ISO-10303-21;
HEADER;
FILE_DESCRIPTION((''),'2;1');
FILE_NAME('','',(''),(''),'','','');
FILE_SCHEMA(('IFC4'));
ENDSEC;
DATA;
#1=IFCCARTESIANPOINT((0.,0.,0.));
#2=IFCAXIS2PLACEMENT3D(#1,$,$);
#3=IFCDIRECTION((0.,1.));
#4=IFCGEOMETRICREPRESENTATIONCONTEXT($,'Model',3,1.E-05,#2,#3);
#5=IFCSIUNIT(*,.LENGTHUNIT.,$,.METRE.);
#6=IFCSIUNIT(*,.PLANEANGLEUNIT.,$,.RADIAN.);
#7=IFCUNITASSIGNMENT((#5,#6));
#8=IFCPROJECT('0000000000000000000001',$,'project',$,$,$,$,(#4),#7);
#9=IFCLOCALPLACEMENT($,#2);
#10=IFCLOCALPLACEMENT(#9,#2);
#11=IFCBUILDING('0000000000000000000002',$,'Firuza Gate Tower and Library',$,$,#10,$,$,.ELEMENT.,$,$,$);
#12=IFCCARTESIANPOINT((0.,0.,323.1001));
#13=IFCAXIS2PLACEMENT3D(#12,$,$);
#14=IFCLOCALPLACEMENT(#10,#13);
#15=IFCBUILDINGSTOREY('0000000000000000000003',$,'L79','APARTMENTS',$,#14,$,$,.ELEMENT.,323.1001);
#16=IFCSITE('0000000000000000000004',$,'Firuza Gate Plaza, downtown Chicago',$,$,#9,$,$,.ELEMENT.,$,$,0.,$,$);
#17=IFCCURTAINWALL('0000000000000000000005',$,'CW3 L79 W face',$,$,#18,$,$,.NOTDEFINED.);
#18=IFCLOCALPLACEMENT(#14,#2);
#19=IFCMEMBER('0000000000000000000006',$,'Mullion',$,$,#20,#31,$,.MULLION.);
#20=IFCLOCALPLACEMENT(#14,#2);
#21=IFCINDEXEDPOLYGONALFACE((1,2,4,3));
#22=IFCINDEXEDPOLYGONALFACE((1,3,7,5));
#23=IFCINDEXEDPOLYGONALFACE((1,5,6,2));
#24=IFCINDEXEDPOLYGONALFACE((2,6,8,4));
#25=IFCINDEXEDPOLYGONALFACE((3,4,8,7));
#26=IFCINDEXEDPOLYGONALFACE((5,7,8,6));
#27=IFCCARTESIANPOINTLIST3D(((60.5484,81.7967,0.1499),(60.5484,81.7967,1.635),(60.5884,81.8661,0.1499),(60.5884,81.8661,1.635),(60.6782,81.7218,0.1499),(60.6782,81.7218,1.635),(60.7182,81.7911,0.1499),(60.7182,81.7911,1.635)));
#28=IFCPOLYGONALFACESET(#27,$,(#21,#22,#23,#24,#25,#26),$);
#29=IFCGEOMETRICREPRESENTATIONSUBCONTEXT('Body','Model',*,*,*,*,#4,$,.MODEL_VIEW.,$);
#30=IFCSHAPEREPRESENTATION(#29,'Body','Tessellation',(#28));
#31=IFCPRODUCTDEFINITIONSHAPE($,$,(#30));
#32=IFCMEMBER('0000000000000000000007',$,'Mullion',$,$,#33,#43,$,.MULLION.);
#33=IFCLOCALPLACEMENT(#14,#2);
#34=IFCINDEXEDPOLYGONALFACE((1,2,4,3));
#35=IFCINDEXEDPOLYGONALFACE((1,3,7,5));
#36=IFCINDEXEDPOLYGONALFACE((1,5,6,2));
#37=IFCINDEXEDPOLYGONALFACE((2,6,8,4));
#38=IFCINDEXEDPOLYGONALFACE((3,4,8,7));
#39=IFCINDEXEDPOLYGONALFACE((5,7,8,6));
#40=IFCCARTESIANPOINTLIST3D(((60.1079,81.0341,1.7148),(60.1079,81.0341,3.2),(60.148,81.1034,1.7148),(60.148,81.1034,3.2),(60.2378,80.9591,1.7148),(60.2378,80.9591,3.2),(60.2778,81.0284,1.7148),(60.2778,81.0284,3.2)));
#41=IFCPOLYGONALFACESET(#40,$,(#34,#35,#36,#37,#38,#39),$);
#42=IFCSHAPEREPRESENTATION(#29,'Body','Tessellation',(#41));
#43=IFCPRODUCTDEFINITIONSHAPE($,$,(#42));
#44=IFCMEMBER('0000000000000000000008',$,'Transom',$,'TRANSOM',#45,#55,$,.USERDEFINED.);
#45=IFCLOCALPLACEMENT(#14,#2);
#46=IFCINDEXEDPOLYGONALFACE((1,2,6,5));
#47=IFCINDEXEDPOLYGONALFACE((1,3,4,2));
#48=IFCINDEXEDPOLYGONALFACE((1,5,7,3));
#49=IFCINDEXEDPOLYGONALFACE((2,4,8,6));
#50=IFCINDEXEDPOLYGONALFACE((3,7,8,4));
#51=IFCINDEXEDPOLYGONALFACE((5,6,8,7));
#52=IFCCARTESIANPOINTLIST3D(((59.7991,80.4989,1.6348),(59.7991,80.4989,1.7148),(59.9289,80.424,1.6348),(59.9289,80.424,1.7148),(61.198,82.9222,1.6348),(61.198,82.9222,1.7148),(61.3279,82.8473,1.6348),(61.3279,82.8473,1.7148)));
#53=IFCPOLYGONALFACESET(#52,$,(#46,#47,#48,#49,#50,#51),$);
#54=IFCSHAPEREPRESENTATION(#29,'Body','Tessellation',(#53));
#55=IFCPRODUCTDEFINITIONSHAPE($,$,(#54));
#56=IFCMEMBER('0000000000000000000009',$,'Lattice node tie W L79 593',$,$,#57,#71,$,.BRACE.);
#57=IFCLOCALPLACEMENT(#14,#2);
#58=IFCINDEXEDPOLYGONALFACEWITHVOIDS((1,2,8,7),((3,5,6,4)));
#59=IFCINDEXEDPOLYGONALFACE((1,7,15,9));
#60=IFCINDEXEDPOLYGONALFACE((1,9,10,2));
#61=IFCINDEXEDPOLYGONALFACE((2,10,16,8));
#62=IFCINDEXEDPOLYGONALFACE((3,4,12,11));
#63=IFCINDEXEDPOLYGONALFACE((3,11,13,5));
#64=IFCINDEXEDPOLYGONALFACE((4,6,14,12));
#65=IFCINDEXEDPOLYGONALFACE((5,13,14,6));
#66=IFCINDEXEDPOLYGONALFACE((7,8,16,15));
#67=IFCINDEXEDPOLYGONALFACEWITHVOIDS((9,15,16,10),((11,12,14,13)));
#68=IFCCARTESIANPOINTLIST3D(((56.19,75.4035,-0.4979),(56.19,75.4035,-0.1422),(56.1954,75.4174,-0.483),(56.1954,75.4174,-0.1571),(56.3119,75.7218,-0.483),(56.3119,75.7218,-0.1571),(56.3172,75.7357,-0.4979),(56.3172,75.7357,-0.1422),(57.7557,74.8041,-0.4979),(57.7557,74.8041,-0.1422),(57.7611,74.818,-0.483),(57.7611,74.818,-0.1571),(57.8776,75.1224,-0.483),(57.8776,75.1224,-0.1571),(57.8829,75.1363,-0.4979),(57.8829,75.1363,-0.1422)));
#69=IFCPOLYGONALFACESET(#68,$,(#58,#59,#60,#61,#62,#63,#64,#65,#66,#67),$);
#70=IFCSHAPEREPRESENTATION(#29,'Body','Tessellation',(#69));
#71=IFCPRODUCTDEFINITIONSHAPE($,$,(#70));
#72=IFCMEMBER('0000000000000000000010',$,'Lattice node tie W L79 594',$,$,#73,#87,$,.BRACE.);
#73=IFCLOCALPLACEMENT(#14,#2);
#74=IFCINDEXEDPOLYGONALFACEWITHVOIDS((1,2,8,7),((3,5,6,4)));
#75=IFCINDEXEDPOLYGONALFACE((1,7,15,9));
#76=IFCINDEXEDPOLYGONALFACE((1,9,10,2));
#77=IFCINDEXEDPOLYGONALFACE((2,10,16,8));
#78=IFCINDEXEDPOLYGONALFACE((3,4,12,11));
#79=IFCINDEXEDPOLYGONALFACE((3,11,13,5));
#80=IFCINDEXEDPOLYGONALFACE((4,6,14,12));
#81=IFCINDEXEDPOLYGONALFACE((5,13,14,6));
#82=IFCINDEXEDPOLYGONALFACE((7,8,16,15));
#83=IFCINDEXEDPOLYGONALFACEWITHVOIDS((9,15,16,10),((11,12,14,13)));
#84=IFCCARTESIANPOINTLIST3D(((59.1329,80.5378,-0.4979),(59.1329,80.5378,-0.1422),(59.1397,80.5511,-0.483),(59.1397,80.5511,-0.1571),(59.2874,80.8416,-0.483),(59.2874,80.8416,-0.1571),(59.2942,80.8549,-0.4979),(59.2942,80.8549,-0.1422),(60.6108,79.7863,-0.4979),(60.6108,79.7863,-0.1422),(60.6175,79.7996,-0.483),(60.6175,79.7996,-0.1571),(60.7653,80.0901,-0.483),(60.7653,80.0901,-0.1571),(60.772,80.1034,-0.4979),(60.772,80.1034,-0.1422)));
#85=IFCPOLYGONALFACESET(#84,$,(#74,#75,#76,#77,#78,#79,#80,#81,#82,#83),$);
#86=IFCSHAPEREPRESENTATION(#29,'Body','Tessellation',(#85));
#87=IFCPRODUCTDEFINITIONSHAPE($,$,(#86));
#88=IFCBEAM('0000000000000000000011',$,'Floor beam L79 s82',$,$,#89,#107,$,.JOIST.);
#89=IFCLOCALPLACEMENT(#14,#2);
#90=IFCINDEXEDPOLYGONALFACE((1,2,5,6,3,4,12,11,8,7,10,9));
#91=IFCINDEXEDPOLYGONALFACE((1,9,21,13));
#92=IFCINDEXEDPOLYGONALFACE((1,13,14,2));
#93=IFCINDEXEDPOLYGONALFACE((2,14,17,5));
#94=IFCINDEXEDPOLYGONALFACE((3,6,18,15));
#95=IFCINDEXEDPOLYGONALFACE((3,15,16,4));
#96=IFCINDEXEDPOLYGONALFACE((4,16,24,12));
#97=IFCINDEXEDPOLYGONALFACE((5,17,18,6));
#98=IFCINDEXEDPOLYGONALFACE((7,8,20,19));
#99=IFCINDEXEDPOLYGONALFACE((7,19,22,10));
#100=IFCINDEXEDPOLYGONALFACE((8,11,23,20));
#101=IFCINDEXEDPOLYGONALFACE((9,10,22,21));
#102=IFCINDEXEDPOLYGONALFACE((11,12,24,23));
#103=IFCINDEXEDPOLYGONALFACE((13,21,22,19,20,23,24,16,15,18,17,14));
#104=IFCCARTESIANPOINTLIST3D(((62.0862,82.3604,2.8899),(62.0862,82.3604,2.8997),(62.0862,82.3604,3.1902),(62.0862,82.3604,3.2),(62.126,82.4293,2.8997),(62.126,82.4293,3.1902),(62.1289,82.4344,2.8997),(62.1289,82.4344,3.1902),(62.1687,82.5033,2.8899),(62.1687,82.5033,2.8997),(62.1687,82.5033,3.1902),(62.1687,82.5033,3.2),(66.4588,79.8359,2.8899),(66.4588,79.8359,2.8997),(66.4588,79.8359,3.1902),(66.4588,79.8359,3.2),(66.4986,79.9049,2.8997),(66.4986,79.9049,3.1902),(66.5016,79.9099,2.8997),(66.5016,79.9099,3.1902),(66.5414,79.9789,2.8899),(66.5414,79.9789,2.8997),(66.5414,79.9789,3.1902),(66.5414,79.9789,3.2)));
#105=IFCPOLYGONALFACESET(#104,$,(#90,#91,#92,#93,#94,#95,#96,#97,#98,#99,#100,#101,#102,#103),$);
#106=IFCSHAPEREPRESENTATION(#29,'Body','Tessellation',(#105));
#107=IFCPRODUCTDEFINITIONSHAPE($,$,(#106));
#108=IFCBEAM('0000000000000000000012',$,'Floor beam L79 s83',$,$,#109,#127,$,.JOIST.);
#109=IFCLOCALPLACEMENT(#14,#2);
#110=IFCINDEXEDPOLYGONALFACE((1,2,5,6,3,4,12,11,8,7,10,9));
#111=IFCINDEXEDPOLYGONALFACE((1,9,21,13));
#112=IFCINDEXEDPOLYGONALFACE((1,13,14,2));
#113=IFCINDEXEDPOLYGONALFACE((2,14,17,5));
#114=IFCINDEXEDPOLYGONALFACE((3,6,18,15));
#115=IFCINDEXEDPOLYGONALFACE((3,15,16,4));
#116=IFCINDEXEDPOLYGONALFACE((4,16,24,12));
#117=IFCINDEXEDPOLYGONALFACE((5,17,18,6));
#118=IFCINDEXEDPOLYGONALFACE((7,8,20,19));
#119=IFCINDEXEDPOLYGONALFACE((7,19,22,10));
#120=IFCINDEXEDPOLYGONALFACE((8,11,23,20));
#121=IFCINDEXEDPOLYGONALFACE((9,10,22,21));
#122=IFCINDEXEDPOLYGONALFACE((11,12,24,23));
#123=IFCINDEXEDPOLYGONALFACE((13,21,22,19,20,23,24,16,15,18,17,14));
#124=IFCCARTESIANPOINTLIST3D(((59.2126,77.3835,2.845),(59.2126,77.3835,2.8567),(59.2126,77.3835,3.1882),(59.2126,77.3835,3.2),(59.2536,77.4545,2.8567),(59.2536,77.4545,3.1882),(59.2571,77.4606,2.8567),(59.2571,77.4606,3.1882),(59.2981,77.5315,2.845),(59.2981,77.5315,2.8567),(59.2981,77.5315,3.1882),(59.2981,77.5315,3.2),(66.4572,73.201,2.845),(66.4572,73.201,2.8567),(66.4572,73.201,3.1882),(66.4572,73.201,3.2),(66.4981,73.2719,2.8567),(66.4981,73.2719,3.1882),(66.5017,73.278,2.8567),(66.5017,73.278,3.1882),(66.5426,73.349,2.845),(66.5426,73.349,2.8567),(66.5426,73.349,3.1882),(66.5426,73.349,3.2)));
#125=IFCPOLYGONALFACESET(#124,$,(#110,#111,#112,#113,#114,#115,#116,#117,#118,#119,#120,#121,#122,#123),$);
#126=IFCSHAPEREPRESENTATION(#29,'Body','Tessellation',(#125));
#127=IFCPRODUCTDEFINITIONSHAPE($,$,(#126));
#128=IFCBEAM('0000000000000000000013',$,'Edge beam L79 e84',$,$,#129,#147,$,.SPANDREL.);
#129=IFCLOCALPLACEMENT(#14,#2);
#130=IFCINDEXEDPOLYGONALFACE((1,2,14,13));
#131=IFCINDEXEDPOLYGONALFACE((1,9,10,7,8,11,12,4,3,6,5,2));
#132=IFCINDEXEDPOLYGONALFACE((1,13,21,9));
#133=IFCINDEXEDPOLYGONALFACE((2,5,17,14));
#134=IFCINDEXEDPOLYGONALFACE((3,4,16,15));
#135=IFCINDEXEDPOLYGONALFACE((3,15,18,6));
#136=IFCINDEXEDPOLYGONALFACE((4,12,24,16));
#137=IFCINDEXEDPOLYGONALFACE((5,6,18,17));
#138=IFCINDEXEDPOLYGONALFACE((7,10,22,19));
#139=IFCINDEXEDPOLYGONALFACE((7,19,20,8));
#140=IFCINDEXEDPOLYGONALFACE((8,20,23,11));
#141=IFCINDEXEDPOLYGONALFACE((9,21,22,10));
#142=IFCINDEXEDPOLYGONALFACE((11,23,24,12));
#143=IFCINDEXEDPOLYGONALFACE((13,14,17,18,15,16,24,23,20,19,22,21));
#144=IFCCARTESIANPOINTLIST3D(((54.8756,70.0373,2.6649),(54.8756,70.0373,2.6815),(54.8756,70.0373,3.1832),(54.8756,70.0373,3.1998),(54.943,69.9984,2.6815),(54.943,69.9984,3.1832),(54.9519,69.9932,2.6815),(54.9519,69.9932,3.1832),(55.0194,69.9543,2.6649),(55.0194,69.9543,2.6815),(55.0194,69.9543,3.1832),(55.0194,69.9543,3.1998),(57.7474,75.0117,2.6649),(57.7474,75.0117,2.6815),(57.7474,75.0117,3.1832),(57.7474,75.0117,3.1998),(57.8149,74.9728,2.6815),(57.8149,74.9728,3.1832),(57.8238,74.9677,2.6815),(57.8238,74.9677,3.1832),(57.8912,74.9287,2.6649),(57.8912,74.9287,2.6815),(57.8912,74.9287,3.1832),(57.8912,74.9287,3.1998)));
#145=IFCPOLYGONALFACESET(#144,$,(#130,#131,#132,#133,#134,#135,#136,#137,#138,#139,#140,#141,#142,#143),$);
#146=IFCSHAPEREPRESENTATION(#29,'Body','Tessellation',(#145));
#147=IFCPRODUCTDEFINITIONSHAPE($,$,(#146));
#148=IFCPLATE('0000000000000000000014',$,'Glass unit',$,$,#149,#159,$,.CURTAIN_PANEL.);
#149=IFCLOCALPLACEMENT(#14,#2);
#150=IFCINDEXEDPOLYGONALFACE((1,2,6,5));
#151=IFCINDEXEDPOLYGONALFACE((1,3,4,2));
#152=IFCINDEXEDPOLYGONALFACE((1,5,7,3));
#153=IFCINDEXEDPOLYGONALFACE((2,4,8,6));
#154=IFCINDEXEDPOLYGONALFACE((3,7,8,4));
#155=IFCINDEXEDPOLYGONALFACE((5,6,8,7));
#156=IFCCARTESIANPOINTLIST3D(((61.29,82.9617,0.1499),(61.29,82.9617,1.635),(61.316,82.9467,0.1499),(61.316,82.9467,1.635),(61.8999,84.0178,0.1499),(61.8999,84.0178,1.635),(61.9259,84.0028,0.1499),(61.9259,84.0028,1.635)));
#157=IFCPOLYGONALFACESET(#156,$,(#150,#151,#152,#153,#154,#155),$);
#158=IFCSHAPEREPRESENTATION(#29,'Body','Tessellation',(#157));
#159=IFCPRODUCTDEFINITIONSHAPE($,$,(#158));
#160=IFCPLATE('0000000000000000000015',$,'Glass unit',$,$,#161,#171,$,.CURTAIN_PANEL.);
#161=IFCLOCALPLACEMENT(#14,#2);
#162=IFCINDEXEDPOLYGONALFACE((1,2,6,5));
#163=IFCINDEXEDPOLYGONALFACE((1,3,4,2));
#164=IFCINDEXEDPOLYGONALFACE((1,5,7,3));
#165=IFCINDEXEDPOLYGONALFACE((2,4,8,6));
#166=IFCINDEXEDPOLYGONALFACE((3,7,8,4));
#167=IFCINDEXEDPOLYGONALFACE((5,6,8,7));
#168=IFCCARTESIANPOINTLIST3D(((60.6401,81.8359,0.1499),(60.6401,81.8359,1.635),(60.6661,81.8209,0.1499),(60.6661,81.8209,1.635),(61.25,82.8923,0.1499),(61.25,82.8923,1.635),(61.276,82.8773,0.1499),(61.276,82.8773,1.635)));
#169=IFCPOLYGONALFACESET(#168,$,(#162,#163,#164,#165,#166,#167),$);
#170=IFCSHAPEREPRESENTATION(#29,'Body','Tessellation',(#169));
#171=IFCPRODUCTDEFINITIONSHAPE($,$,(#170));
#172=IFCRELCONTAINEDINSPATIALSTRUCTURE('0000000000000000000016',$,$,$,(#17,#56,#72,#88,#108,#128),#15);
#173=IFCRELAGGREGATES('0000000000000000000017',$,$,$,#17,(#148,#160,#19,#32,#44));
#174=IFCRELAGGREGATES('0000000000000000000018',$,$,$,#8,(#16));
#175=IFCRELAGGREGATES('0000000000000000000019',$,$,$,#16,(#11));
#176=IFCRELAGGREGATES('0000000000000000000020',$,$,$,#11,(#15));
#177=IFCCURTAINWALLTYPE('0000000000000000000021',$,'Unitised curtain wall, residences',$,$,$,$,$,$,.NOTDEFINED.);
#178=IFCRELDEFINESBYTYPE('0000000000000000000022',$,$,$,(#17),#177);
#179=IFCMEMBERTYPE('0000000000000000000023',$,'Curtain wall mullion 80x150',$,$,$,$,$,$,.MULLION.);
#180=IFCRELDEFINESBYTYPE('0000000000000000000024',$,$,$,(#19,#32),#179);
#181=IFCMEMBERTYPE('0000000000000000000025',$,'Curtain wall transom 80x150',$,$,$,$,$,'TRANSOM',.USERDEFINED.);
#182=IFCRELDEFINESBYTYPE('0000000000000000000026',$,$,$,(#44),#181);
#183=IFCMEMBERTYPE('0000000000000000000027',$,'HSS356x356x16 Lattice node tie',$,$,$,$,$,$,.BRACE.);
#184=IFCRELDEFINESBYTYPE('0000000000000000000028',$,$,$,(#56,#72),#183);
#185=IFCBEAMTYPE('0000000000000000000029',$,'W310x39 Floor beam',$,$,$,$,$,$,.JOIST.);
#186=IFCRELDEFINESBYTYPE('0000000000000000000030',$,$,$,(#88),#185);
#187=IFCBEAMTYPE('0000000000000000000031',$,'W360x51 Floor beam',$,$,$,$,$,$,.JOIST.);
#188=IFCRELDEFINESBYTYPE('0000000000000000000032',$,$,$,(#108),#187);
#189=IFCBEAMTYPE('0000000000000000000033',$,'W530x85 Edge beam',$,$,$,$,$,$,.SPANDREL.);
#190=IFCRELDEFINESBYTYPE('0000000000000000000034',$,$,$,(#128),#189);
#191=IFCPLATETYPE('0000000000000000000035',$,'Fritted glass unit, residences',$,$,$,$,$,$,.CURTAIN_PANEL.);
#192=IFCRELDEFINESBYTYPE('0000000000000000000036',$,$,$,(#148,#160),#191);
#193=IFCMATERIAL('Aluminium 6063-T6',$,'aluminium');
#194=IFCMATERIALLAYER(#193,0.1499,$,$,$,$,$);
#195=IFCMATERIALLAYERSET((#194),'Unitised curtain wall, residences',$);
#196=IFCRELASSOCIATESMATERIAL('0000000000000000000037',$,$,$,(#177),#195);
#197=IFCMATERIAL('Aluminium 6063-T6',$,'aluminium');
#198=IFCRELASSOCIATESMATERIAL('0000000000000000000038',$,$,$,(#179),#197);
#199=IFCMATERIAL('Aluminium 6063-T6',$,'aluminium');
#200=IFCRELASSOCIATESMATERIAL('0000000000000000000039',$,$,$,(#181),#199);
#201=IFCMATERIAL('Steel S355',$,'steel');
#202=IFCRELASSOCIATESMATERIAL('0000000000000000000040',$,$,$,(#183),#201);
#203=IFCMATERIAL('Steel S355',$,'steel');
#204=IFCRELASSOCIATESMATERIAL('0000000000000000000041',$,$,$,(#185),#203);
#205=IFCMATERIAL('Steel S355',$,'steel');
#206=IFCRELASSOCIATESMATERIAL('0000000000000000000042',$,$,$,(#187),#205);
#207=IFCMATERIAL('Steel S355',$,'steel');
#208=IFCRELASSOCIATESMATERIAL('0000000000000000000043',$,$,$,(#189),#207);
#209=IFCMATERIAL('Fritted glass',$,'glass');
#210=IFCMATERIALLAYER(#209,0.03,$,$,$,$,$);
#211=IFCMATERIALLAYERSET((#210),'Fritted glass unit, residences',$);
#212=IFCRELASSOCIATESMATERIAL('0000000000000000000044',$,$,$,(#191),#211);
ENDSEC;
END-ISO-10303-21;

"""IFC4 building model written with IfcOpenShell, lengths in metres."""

from ifc_helpers import new_model, si_unit, direction, frame, origin, origin_2d, place, context, subcontext, project, spatial, polyline, rectangle, hollow_rectangle, i_section, outline, extrude, material, layer, layer_set, material_profile, profile_set, type_object, element, aggregate, save


model = new_model("IFC4")

# Units and contexts
model_context = context("Model", 3, precision=1e-05, world=origin(), true_north=direction((0.0, 1.0)))
body_context = subcontext(model_context, "Body", "Model", "MODEL_VIEW")
ifc_project = project(units=[si_unit("LENGTHUNIT", "METRE"), si_unit("PLANEANGLEUNIT", "RADIAN")], contexts=[model_context])

# Site, building, storey
site_placement = place(None, origin())
site = spatial("IfcSite", under=ifc_project, at=site_placement, Name="Firuza Gate Plaza, downtown Chicago", CompositionType="ELEMENT", RefElevation=0.0)
building_placement = place(site_placement, origin())
building = spatial("IfcBuilding", under=site, at=building_placement, Name="Firuza Gate Tower and Library", CompositionType="ELEMENT")
storey_placement = place(building_placement, frame((0.0, 0.0, 323.1001)))
storey = spatial("IfcBuildingStorey", under=building, at=storey_placement, Name="L79", Description="APARTMENTS", CompositionType="ELEMENT", Elevation=323.1001)

# Curtain wall, members
ifc_material_1 = material(Name="Aluminium 6063-T6", Category="aluminium")
ifc_layer_1 = layer(ifc_material_1, 0.1499)
ifc_layer_set_1 = layer_set([ifc_layer_1], Name="Unitised curtain wall, residences")
curtain_wall_type = type_object("IfcCurtainWallType", Name="Unitised curtain wall, residences", PredefinedType="NOTDEFINED", material=ifc_layer_set_1)
curtain_wall_placement = place(storey_placement, origin())
curtain_wall = element("IfcCurtainWall", 1, at=curtain_wall_placement, inside=storey, type_object=curtain_wall_type, Name="CW3 L79 W face", PredefinedType="NOTDEFINED")
ifc_material_2 = material(Name="Aluminium 6063-T6", Category="aluminium")
ifc_material_profile_1 = material_profile(ifc_material_2, rectangle(XDim=0.1499, YDim=0.0801, at=origin_2d()))
ifc_profile_set_1 = profile_set([ifc_material_profile_1], Name="Aluminium 6063-T6")
member_type_1 = type_object("IfcMemberType", Name="Curtain wall mullion 80x150", PredefinedType="MULLION", material=ifc_profile_set_1)
member_1_placement = place(storey_placement, frame((60.6333, 81.7939, 0.1499), z_axis=(0.0, 0.0, 1.0), x_axis=(0.866025, -0.5, 0.0)))
member_1 = element("IfcMember", 2, at=member_1_placement, type_object=member_type_1, Name="Mullion", PredefinedType="MULLION", context=body_context, shape_type="SweptSolid", body=[
    extrude(rectangle(XDim=0.1499, YDim=0.0801, at=origin_2d()), origin(), (0.0, 0.0, 1.0), 1.4851),
])
member_2_placement = place(storey_placement, frame((60.1929, 81.0312, 1.7148), z_axis=(0.0, 0.0, 1.0), x_axis=(0.866025, -0.5, 0.0)))
member_2 = element("IfcMember", 3, at=member_2_placement, type_object=member_type_1, Name="Mullion", PredefinedType="MULLION", context=body_context, shape_type="SweptSolid", body=[
    extrude(rectangle(XDim=0.1499, YDim=0.0801, at=origin_2d()), origin(), (0.0, 0.0, 1.0), 1.4851),
])
ifc_material_3 = material(Name="Aluminium 6063-T6", Category="aluminium")
ifc_material_profile_2 = material_profile(ifc_material_3, rectangle(XDim=0.1499, YDim=0.0801, at=origin_2d()))
ifc_profile_set_2 = profile_set([ifc_material_profile_2], Name="Aluminium 6063-T6")
member_type_2 = type_object("IfcMemberType", Name="Curtain wall transom 80x150", ElementType="TRANSOM", PredefinedType="USERDEFINED", material=ifc_profile_set_2)
member_3_placement = place(storey_placement, frame((61.2629, 82.8848, 1.6748), z_axis=(-0.499949, -0.866055, 0.0), x_axis=(0.866055, -0.499949, 0.0)))
member_3 = element("IfcMember", 4, at=member_3_placement, type_object=member_type_2, Name="Transom", ObjectType="TRANSOM", PredefinedType="USERDEFINED", context=body_context, shape_type="SweptSolid", body=[
    extrude(rectangle(XDim=0.1499, YDim=0.0801, at=origin_2d()), origin(), (0.0, 0.0, 1.0), 2.7981),
])

# Members
ifc_material_4 = material(Name="Steel S355", Category="steel")
ifc_material_profile_3 = material_profile(ifc_material_4, hollow_rectangle(XDim=0.3557, YDim=0.3557, WallThickness=0.0149, at=origin_2d()))
ifc_profile_set_3 = profile_set([ifc_material_profile_3], Name="Steel S355")
member_type_3 = type_object("IfcMemberType", Name="HSS356x356x16 Lattice node tie", PredefinedType="BRACE", material=ifc_profile_set_3)
member_4_placement = place(storey_placement, frame((57.8193, 74.9702, -0.3201), z_axis=(-0.933907, 0.357515, 0.0), x_axis=(-0.357515, -0.933907, 0.0)))
element("IfcMember", 5, at=member_4_placement, inside=storey, type_object=member_type_3, Name="Lattice node tie W L79 593", PredefinedType="BRACE", context=body_context, shape_type="SweptSolid", body=[
    extrude(hollow_rectangle(XDim=0.3557, YDim=0.3557, WallThickness=0.0149, at=origin_2d()), origin(), (0.0, 0.0, 1.0), 1.6765),
])
member_5_placement = place(storey_placement, frame((60.6914, 79.9448, -0.3201), z_axis=(-0.891373, 0.45327, 0.0), x_axis=(-0.45327, -0.891373, 0.0)))
element("IfcMember", 6, at=member_5_placement, inside=storey, type_object=member_type_3, Name="Lattice node tie W L79 594", PredefinedType="BRACE", context=body_context, shape_type="SweptSolid", body=[
    extrude(hollow_rectangle(XDim=0.3557, YDim=0.3557, WallThickness=0.0149, at=origin_2d()), origin(), (0.0, 0.0, 1.0), 1.658),
])

# Beams
ifc_material_5 = material(Name="Steel S355", Category="steel")
ifc_material_profile_4 = material_profile(ifc_material_5, i_section(OverallWidth=0.165, OverallDepth=0.3101, WebThickness=0.0059, FlangeThickness=0.0098, at=origin_2d()))
ifc_profile_set_4 = profile_set([ifc_material_profile_4], Name="Steel S355")
beam_type_1 = type_object("IfcBeamType", Name="W310x39 Floor beam", PredefinedType="JOIST", material=ifc_profile_set_4)
beam_1_placement = place(storey_placement, frame((62.1274, 82.4319, 3.0449), z_axis=(0.866033, -0.499988, 0.0), x_axis=(0.499988, 0.866033, 0.0)))
element("IfcBeam", 7, at=beam_1_placement, inside=storey, type_object=beam_type_1, Name="Floor beam L79 s82", PredefinedType="JOIST", context=body_context, shape_type="SweptSolid", body=[
    extrude(i_section(OverallWidth=0.165, OverallDepth=0.3101, WebThickness=0.0059, FlangeThickness=0.0098, at=origin_2d()), origin(), (0.0, 0.0, 1.0), 5.0491),
])
ifc_material_6 = material(Name="Steel S355", Category="steel")
ifc_material_profile_5 = material_profile(ifc_material_6, i_section(OverallWidth=0.1709, OverallDepth=0.355, WebThickness=0.0071, FlangeThickness=0.0117, at=origin_2d()))
ifc_profile_set_5 = profile_set([ifc_material_profile_5], Name="Steel S355")
beam_type_2 = type_object("IfcBeamType", Name="W360x51 Floor beam", PredefinedType="JOIST", material=ifc_profile_set_5)
beam_2_placement = place(storey_placement, frame((59.2554, 77.4575, 3.0225), z_axis=(0.866029, -0.499994, 0.0), x_axis=(0.499994, 0.866029, 0.0)))
element("IfcBeam", 8, at=beam_2_placement, inside=storey, type_object=beam_type_2, Name="Floor beam L79 s83", PredefinedType="JOIST", context=body_context, shape_type="SweptSolid", body=[
    extrude(i_section(OverallWidth=0.1709, OverallDepth=0.355, WebThickness=0.0071, FlangeThickness=0.0117, at=origin_2d()), origin(), (0.0, 0.0, 1.0), 8.3652),
])
ifc_material_7 = material(Name="Steel S355", Category="steel")
ifc_material_profile_6 = material_profile(ifc_material_7, i_section(OverallWidth=0.166, OverallDepth=0.5349, WebThickness=0.0103, FlangeThickness=0.0166, at=origin_2d()))
ifc_profile_set_6 = profile_set([ifc_material_profile_6], Name="Steel S355")
beam_type_3 = type_object("IfcBeamType", Name="W530x85 Edge beam", PredefinedType="SPANDREL", material=ifc_profile_set_6)
beam_3_placement = place(storey_placement, frame((57.8193, 74.9702, 2.9324), z_axis=(-0.499984, -0.866035, 0.0), x_axis=(0.866035, -0.499984, 0.0)))
element("IfcBeam", 9, at=beam_3_placement, inside=storey, type_object=beam_type_3, Name="Edge beam L79 e84", PredefinedType="SPANDREL", context=body_context, shape_type="SweptSolid", body=[
    extrude(i_section(OverallWidth=0.166, OverallDepth=0.5349, WebThickness=0.0103, FlangeThickness=0.0166, at=origin_2d()), origin(), (0.0, 0.0, 1.0), 5.7439),
])

# Plates
ifc_material_8 = material(Name="Fritted glass", Category="glass")
ifc_layer_2 = layer(ifc_material_8, 0.03)
ifc_layer_set_2 = layer_set([ifc_layer_2], Name="Fritted glass unit, residences")
plate_type_1 = type_object("IfcPlateType", Name="Fritted glass unit, residences", PredefinedType="CURTAIN_PANEL", material=ifc_layer_set_2)
plate_1_placement = place(storey_placement, frame((61.8999, 84.0178, 0.1499), z_axis=(-0.865992, 0.500057, 0.0), x_axis=(-0.500057, -0.865992, 0.0)))
plate_1 = element("IfcPlate", 10, at=plate_1_placement, type_object=plate_type_1, Name="Glass unit", PredefinedType="CURTAIN_PANEL", context=body_context, shape_type="SweptSolid", body=[
    extrude(outline(polyline([(0.0, 0.0), (1.2196, 0.0), (1.2196, 1.4851), (0.0, 1.4851), (0.0, 0.0)])), origin(), (0.0, 0.0, -1.0), 0.03),
])
plate_2_placement = place(storey_placement, frame((61.25, 82.8923, 0.1499), z_axis=(-0.866042, 0.499971, 0.0), x_axis=(-0.499971, -0.866042, 0.0)))
plate_2 = element("IfcPlate", 11, at=plate_2_placement, type_object=plate_type_1, Name="Glass unit", PredefinedType="CURTAIN_PANEL", context=body_context, shape_type="SweptSolid", body=[
    extrude(outline(polyline([(0.0, 0.0), (1.2198, 0.0), (1.2198, 1.4851), (0.0, 1.4851), (0.0, 0.0)])), origin(), (0.0, 0.0, -1.0), 0.03),
])
aggregate(curtain_wall, [plate_1, plate_2, member_1, member_2, member_3])

save(model, "model.ifc")
